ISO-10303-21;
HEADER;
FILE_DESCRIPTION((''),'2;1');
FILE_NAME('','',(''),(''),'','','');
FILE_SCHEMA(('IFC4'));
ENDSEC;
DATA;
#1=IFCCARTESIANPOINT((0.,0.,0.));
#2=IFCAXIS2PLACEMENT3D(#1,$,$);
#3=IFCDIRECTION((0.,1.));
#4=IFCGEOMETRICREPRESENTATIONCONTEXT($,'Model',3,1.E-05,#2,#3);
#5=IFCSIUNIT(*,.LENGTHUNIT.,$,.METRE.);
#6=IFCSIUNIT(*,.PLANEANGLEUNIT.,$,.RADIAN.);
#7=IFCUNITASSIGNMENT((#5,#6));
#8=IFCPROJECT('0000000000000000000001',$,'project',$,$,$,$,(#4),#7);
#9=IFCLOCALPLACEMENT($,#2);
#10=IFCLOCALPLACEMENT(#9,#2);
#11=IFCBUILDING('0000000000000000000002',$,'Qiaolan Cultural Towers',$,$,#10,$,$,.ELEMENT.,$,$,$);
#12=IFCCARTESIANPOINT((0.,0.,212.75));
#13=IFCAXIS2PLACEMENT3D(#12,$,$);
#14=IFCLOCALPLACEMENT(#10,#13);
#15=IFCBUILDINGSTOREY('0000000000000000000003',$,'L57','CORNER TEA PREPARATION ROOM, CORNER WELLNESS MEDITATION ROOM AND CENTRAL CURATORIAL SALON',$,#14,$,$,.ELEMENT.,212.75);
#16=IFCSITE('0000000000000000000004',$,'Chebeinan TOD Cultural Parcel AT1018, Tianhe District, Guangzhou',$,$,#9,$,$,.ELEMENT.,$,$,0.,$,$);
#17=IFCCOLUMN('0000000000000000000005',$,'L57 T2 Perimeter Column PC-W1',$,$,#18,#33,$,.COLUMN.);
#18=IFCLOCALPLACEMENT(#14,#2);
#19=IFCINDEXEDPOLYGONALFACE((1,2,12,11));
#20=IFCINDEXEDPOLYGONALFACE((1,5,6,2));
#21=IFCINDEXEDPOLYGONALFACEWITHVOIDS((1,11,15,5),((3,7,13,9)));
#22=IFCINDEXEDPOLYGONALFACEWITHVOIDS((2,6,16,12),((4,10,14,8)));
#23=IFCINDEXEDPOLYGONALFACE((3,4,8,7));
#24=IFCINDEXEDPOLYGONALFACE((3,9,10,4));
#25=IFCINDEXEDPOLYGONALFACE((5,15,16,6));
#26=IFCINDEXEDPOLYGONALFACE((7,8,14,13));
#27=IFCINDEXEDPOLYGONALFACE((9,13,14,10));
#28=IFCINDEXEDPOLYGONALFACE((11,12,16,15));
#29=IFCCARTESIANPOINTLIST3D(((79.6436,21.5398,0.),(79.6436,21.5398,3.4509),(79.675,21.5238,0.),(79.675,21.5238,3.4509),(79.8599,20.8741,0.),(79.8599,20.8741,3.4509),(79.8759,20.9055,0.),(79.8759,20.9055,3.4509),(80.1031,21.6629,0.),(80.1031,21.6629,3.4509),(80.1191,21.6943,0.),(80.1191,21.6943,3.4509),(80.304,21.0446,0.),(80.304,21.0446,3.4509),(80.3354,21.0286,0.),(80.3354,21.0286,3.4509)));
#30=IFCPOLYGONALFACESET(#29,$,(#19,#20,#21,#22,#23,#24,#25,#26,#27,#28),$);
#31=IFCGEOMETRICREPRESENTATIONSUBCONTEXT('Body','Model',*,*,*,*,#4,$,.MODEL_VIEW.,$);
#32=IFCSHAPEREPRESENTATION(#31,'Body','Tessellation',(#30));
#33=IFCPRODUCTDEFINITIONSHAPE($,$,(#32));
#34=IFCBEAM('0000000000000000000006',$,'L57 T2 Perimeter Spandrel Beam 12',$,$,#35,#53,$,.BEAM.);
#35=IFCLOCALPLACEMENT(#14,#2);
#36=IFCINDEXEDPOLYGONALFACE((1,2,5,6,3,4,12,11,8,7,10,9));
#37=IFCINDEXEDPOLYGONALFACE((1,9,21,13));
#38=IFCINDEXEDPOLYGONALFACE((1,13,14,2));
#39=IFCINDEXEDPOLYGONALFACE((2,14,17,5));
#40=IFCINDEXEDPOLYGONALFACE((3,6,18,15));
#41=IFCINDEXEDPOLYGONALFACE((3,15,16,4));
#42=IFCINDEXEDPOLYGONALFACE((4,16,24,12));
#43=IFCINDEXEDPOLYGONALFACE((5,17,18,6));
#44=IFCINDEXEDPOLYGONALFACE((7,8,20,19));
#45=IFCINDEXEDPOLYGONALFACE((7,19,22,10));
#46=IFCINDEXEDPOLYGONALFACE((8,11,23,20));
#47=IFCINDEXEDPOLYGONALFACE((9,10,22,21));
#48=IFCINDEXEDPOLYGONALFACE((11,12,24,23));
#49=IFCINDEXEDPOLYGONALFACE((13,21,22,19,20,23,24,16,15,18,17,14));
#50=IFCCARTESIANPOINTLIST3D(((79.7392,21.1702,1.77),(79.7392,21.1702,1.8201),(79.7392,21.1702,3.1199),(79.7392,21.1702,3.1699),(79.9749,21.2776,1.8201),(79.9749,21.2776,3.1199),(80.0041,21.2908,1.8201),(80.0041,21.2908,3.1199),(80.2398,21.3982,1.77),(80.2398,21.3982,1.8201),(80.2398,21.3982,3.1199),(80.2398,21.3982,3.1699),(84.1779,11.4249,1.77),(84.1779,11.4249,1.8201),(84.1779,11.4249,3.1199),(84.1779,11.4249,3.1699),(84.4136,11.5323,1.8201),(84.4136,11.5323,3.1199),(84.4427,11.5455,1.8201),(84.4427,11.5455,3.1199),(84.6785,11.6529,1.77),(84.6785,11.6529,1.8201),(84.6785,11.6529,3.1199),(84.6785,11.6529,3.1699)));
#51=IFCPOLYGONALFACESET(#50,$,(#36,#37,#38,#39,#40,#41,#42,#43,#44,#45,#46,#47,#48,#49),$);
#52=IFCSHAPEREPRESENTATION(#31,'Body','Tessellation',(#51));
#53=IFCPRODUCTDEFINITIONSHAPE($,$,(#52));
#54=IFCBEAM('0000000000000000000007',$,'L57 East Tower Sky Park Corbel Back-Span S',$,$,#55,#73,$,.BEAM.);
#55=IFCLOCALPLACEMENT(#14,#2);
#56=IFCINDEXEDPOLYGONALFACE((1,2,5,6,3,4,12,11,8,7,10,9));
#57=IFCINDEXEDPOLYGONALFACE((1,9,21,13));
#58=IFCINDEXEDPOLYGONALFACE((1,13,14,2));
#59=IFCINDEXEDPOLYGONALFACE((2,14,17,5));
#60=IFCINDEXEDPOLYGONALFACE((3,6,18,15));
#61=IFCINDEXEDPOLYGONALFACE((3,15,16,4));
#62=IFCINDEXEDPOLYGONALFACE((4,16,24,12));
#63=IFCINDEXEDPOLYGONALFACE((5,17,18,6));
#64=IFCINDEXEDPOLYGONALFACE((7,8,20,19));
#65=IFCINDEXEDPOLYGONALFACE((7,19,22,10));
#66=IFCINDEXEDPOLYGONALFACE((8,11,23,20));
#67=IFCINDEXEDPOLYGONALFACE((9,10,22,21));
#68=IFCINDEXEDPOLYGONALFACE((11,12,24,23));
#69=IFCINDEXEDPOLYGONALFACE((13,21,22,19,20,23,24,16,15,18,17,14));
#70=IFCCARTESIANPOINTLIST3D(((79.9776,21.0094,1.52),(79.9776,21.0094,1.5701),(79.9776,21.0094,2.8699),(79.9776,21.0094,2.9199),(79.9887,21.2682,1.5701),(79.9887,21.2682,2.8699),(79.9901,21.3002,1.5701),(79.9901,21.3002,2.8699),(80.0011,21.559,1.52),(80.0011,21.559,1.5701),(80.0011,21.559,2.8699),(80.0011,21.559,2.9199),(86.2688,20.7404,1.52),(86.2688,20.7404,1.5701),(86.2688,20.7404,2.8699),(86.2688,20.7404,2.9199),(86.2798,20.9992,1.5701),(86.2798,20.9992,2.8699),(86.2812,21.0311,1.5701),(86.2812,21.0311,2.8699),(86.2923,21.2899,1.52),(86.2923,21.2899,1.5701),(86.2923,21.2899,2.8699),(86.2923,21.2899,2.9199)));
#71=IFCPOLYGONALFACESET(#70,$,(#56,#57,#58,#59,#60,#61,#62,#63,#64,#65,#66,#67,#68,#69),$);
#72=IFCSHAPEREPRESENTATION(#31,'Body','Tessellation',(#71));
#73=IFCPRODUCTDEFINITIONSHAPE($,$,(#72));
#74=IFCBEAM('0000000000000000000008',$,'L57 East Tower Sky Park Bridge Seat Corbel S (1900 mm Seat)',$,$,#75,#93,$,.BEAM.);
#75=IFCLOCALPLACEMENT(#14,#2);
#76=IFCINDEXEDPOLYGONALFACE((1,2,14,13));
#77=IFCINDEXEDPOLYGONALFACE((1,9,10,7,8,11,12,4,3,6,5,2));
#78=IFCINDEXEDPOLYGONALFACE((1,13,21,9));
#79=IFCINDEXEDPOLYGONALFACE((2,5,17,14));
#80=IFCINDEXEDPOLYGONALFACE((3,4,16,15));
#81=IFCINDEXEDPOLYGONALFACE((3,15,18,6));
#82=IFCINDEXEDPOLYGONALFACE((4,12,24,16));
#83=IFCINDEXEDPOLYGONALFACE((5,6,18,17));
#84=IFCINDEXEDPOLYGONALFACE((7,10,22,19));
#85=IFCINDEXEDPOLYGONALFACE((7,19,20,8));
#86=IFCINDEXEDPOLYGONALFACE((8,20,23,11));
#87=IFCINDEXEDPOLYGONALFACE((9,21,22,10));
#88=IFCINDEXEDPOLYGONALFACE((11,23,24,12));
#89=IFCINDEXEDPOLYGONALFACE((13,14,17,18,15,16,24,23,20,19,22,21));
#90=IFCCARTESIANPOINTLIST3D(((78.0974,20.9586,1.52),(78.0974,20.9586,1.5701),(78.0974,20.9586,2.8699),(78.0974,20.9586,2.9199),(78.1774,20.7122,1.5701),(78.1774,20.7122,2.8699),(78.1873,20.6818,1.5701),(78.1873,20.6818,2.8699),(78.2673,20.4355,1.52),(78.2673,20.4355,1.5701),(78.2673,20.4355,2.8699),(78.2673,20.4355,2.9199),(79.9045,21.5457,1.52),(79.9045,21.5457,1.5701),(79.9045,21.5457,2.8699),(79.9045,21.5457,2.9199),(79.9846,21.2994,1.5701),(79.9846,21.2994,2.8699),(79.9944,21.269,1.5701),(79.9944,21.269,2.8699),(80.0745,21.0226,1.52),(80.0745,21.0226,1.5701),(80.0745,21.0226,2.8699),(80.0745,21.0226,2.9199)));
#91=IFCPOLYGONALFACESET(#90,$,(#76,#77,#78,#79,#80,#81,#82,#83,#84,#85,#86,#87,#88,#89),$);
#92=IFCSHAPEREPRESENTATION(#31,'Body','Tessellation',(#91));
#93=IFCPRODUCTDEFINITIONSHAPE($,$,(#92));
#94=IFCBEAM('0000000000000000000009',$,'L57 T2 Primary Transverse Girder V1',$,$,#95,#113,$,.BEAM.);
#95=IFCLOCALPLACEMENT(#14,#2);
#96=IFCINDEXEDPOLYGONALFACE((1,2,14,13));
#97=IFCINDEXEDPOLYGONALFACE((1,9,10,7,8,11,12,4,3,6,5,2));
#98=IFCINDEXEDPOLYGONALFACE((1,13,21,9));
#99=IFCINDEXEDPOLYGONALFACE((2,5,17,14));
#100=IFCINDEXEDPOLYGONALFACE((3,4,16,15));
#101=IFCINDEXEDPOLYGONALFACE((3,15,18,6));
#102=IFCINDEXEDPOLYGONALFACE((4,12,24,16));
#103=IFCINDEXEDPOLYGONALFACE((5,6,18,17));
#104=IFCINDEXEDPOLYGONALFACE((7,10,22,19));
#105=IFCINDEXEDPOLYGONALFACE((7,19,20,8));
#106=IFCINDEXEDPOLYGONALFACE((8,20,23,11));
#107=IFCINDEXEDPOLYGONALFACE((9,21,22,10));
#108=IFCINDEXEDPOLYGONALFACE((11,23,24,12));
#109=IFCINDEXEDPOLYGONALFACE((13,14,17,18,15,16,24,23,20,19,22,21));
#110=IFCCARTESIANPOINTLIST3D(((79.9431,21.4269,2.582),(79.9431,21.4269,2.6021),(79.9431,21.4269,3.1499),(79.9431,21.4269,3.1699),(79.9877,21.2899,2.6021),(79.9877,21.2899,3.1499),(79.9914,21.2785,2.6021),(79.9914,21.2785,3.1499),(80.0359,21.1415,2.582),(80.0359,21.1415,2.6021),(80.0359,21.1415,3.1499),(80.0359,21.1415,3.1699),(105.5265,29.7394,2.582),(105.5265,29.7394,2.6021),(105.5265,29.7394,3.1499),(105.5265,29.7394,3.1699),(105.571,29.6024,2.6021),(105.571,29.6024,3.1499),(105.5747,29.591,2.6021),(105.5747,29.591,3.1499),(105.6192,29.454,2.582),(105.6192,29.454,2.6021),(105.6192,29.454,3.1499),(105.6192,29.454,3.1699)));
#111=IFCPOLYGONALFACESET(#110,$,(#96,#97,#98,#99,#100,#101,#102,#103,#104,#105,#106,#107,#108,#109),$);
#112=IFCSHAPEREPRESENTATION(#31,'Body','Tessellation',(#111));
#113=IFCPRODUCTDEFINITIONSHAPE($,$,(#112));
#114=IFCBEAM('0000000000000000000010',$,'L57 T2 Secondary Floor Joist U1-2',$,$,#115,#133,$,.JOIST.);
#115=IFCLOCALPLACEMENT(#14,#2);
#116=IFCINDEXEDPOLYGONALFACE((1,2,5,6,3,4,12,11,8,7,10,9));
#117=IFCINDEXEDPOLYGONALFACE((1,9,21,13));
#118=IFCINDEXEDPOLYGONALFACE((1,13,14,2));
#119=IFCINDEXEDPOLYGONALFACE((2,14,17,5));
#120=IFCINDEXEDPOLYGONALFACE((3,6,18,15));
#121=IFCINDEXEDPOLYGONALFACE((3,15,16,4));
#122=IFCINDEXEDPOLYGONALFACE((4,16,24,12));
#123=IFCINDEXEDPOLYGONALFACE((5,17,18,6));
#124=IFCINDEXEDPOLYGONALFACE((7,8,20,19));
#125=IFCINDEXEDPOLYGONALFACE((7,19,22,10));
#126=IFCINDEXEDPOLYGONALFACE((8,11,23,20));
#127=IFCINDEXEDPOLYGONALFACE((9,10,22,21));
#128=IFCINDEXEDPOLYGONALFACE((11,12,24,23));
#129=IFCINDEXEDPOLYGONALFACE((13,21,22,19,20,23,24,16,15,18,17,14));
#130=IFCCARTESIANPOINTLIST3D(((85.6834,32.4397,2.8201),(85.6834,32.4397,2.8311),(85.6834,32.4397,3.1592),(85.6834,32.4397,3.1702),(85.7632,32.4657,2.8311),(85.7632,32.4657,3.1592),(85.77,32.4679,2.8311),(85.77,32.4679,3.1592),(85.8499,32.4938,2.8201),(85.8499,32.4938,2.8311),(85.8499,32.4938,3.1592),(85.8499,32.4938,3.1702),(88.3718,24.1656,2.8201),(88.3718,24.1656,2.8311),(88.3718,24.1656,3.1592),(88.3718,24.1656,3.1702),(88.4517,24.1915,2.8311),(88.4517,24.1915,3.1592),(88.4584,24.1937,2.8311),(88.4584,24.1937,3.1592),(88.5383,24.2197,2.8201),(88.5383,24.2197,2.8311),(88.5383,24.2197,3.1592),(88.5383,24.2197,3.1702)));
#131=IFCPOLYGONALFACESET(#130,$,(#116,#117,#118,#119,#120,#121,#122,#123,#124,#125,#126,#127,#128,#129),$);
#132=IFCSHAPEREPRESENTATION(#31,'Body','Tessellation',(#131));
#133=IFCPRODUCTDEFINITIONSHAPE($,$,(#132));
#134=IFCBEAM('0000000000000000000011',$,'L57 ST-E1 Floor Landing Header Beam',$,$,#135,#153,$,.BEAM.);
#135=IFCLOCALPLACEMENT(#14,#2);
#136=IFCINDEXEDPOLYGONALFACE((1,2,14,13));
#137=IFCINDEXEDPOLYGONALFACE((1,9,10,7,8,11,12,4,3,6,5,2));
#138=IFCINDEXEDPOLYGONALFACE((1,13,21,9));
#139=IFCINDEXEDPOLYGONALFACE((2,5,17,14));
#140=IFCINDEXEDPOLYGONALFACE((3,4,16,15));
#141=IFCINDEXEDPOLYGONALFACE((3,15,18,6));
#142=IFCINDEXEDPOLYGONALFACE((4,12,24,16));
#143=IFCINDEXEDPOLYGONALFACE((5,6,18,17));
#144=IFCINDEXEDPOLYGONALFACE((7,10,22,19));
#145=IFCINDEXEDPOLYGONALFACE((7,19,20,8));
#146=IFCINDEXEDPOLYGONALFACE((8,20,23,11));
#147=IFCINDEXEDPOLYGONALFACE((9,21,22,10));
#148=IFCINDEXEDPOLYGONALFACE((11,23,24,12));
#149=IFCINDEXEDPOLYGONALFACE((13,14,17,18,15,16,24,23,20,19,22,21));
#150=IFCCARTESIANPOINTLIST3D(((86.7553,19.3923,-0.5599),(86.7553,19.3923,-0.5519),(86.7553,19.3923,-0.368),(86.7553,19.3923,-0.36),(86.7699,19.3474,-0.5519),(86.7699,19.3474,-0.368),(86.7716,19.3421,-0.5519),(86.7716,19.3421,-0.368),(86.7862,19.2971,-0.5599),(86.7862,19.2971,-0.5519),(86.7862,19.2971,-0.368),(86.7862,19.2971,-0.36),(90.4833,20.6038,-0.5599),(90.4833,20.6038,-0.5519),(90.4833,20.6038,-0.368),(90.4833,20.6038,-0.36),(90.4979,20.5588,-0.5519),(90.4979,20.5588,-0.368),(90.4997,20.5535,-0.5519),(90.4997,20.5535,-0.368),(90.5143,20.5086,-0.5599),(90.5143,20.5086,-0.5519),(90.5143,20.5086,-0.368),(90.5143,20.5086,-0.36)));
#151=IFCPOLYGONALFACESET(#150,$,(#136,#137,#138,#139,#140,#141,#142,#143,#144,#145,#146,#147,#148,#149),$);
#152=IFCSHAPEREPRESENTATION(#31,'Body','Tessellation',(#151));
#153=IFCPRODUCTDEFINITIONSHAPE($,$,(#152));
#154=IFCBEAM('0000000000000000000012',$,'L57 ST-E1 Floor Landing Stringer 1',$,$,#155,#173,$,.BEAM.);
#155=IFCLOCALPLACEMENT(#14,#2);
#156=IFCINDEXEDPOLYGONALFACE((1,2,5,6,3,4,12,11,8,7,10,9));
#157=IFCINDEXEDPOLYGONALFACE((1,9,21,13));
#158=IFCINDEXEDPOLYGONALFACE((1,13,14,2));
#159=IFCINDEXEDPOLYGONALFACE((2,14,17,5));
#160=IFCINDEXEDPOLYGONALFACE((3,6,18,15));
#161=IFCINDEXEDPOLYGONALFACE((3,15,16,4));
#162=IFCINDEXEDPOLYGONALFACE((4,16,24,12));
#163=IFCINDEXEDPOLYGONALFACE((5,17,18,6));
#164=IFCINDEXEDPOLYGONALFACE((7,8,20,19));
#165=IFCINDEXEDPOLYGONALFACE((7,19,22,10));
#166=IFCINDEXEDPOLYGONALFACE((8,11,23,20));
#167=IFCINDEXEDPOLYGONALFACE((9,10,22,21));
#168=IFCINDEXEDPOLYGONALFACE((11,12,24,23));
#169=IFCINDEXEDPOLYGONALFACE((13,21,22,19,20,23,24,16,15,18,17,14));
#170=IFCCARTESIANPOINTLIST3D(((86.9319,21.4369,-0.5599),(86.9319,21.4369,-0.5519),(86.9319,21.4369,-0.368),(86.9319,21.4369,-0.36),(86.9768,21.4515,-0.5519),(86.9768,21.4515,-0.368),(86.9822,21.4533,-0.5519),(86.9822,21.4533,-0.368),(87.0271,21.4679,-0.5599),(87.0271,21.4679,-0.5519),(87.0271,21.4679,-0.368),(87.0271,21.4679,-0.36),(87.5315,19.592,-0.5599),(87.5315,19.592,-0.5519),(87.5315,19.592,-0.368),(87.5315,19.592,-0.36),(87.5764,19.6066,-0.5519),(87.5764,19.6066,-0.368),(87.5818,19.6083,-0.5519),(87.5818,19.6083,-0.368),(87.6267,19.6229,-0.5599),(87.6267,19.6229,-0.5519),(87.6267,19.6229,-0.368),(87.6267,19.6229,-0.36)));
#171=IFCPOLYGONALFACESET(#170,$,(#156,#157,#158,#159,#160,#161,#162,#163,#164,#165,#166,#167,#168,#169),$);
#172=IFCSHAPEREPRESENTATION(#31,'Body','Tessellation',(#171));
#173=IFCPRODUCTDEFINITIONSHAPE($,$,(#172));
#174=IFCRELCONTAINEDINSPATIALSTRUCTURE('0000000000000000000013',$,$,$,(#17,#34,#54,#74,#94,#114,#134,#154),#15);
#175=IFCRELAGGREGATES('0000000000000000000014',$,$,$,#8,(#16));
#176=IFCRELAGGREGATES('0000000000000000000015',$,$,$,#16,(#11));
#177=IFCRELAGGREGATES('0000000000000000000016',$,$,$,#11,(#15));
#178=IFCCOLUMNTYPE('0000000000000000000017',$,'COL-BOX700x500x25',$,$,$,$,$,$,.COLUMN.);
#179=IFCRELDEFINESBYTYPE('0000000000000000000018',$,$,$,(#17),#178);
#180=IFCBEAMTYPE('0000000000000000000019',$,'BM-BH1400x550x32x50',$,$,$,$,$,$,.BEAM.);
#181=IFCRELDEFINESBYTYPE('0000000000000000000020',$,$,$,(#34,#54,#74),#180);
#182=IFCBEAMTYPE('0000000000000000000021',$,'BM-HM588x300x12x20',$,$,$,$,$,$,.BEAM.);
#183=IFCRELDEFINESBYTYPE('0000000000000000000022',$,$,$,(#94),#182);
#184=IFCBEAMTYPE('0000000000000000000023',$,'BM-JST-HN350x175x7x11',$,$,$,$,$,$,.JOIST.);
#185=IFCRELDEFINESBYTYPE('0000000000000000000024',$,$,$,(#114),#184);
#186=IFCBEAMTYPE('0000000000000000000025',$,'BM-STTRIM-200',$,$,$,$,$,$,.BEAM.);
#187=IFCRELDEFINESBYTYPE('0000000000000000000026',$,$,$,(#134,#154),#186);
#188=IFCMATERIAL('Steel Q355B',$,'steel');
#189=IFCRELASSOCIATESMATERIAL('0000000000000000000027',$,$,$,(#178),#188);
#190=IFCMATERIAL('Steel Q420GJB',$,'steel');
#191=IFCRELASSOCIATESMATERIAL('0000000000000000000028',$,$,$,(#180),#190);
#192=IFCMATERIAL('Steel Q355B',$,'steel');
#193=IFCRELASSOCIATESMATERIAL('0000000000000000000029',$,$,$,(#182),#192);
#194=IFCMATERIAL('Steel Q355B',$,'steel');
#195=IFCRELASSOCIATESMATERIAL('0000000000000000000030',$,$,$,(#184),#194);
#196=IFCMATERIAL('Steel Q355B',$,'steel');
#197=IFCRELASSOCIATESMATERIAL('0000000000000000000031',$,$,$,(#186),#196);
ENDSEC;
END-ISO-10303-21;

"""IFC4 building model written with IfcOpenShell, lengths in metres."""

from ifc_helpers import new_model, si_unit, direction, frame, origin, origin_2d, place, context, subcontext, project, spatial, hollow_rectangle, i_section, extrude, material, material_profile, profile_set, type_object, element, save


model = new_model("IFC4")

# Units and contexts
model_context = context("Model", 3, precision=1e-05, world=origin(), true_north=direction((0.0, 1.0)))
body_context = subcontext(model_context, "Body", "Model", "MODEL_VIEW")
ifc_project = project(units=[si_unit("LENGTHUNIT", "METRE"), si_unit("PLANEANGLEUNIT", "RADIAN")], contexts=[model_context])

# Site, building, storey
site_placement = place(None, origin())
site = spatial("IfcSite", under=ifc_project, at=site_placement, Name="Chebeinan TOD Cultural Parcel AT1018, Tianhe District, Guangzhou", CompositionType="ELEMENT", RefElevation=0.0)
building_placement = place(site_placement, origin())
building = spatial("IfcBuilding", under=site, at=building_placement, Name="Qiaolan Cultural Towers", CompositionType="ELEMENT")
storey_placement = place(building_placement, frame((0.0, 0.0, 212.75)))
storey = spatial("IfcBuildingStorey", under=building, at=storey_placement, Name="L57", Description="CORNER TEA PREPARATION ROOM, CORNER WELLNESS MEDITATION ROOM AND CENTRAL CURATORIAL SALON", CompositionType="ELEMENT", Elevation=212.75)

# Column
ifc_material_1 = material(Name="Steel Q355B", Category="steel")
ifc_material_profile_1 = material_profile(ifc_material_1, hollow_rectangle(XDim=0.5, YDim=0.7, WallThickness=0.0249, at=origin_2d()), Name="BOX700x500x25")
ifc_profile_set_1 = profile_set([ifc_material_profile_1], Name="Steel Q355B")
column_type = type_object("IfcColumnType", Name="COL-BOX700x500x25", PredefinedType="COLUMN", material=ifc_profile_set_1)
column_placement = place(storey_placement, frame((79.9895, 21.2842, 0.0), z_axis=(0.0, 0.0, 1.0), x_axis=(0.951057, 0.309017, 0.0)))
element("IfcColumn", 1, at=column_placement, inside=storey, type_object=column_type, Name="L57 T2 Perimeter Column PC-W1", PredefinedType="COLUMN", context=body_context, shape_type="SweptSolid", body=[
    extrude(hollow_rectangle(XDim=0.5, YDim=0.7, WallThickness=0.0249, at=origin_2d()), origin(), (0.0, 0.0, 1.0), 3.4509),
])

# Beams
ifc_material_2 = material(Name="Steel Q420GJB", Category="steel")
ifc_material_profile_2 = material_profile(ifc_material_2, i_section(OverallWidth=0.55, OverallDepth=1.3999, WebThickness=0.032, FlangeThickness=0.05, at=origin_2d()), Name="BH1400x550x32x50")
ifc_profile_set_2 = profile_set([ifc_material_profile_2], Name="Steel Q420GJB")
beam_type_1 = type_object("IfcBeamType", Name="BM-BH1400x550x32x50", PredefinedType="BEAM", material=ifc_profile_set_2)
beam_1_placement = place(storey_placement, frame((79.9895, 21.2842, 2.47), z_axis=(0.4145, -0.910049, 0.0), x_axis=(0.910049, 0.4145, 0.0)))
element("IfcBeam", 2, at=beam_1_placement, inside=storey, type_object=beam_type_1, Name="L57 T2 Perimeter Spandrel Beam 12", PredefinedType="BEAM", context=body_context, shape_type="SweptSolid", body=[
    extrude(i_section(OverallWidth=0.55, OverallDepth=1.3999, WebThickness=0.032, FlangeThickness=0.05, at=origin_2d()), origin(), (0.0, 0.0, 1.0), 10.7085),
])
beam_2_placement = place(storey_placement, frame((86.2805, 21.0151, 2.22), z_axis=(-0.999087, 0.042727, 0.0), x_axis=(-0.042727, -0.999087, 0.0)))
element("IfcBeam", 3, at=beam_2_placement, inside=storey, type_object=beam_type_1, Name="L57 East Tower Sky Park Corbel Back-Span S", PredefinedType="BEAM", context=body_context, shape_type="SweptSolid", body=[
    extrude(i_section(OverallWidth=0.55, OverallDepth=1.3999, WebThickness=0.032, FlangeThickness=0.05, at=origin_2d()), origin(), (0.0, 0.0, 1.0), 6.2969),
])
beam_3_placement = place(storey_placement, frame((79.9895, 21.2842, 2.22), z_axis=(-0.951059, -0.309011, 0.0), x_axis=(0.309011, -0.951059, 0.0)))
element("IfcBeam", 4, at=beam_3_placement, inside=storey, type_object=beam_type_1, Name="L57 East Tower Sky Park Bridge Seat Corbel S (1900 mm Seat)", PredefinedType="BEAM", context=body_context, shape_type="SweptSolid", body=[
    extrude(i_section(OverallWidth=0.55, OverallDepth=1.3999, WebThickness=0.032, FlangeThickness=0.05, at=origin_2d()), origin(), (0.0, 0.0, 1.0), 1.9001),
])
ifc_material_3 = material(Name="Steel Q355B", Category="steel")
ifc_material_profile_3 = material_profile(ifc_material_3, i_section(OverallWidth=0.3, OverallDepth=0.5879, WebThickness=0.012, FlangeThickness=0.02, at=origin_2d()), Name="HM588x300x12x20")
ifc_profile_set_3 = profile_set([ifc_material_profile_3], Name="Steel Q355B")
beam_type_2 = type_object("IfcBeamType", Name="BM-HM588x300x12x20", PredefinedType="BEAM", material=ifc_profile_set_3)
beam_4_placement = place(storey_placement, frame((79.9895, 21.2842, 2.876), z_axis=(0.951057, 0.309017, 0.0), x_axis=(-0.309017, 0.951057, 0.0)))
element("IfcBeam", 5, at=beam_4_placement, inside=storey, type_object=beam_type_2, Name="L57 T2 Primary Transverse Girder V1", PredefinedType="BEAM", context=body_context, shape_type="SweptSolid", body=[
    extrude(i_section(OverallWidth=0.3, OverallDepth=0.5879, WebThickness=0.012, FlangeThickness=0.02, at=origin_2d()), origin(), (0.0, 0.0, 1.0), 26.8999),
])
ifc_material_4 = material(Name="Steel Q355B", Category="steel")
ifc_material_profile_4 = material_profile(ifc_material_4, i_section(OverallWidth=0.175, OverallDepth=0.3501, WebThickness=0.0071, FlangeThickness=0.011, at=origin_2d()), Name="HN350x175x7x11")
ifc_profile_set_4 = profile_set([ifc_material_profile_4], Name="Steel Q355B")
beam_type_3 = type_object("IfcBeamType", Name="BM-JST-HN350x175x7x11", PredefinedType="JOIST", material=ifc_profile_set_4)
beam_5_placement = place(storey_placement, frame((88.4551, 24.1926, 2.9951), z_axis=(-0.309021, 0.951055, 0.0), x_axis=(-0.951055, -0.309021, 0.0)))
element("IfcBeam", 6, at=beam_5_placement, inside=storey, type_object=beam_type_3, Name="L57 T2 Secondary Floor Joist U1-2", PredefinedType="JOIST", context=body_context, shape_type="SweptSolid", body=[
    extrude(i_section(OverallWidth=0.175, OverallDepth=0.3501, WebThickness=0.0071, FlangeThickness=0.011, at=origin_2d()), origin(), (0.0, 0.0, 1.0), 8.7),
])
ifc_material_5 = material(Name="Steel Q355B", Category="steel")
ifc_material_profile_5 = material_profile(ifc_material_5, i_section(OverallWidth=0.1001, OverallDepth=0.2, WebThickness=0.0056, FlangeThickness=0.0081, at=origin_2d()), Name="HN200x100x5.5x8")
ifc_profile_set_5 = profile_set([ifc_material_profile_5], Name="Steel Q355B")
beam_type_4 = type_object("IfcBeamType", Name="BM-STTRIM-200", PredefinedType="BEAM", material=ifc_profile_set_5)
beam_6_placement = place(storey_placement, frame((86.7708, 19.3447, -0.46), z_axis=(0.951048, 0.309044, 0.0), x_axis=(-0.309044, 0.951048, 0.0)))
element("IfcBeam", 7, at=beam_6_placement, inside=storey, type_object=beam_type_4, Name="L57 ST-E1 Floor Landing Header Beam", PredefinedType="BEAM", context=body_context, shape_type="SweptSolid", body=[
    extrude(i_section(OverallWidth=0.1001, OverallDepth=0.2, WebThickness=0.0056, FlangeThickness=0.0081, at=origin_2d()), origin(), (0.0, 0.0, 1.0), 3.9199),
])
for number, where, z_axis, x_axis, name in (
    (8, (86.9795, 21.4524, -0.46), (0.309083, -0.951035, 0.0), (0.951035, 0.309083, 0.0), "L57 ST-E1 Floor Landing Stringer 1"),
):
    element("IfcBeam", number, at=place(storey_placement, frame(where, z_axis=z_axis, x_axis=x_axis)), inside=storey, type_object=beam_type_4, Name=name, PredefinedType="BEAM", context=body_context, shape_type="SweptSolid", body=[
        extrude(i_section(OverallWidth=0.1001, OverallDepth=0.2, WebThickness=0.0056, FlangeThickness=0.0081, at=origin_2d()), origin(), (0.0, 0.0, 1.0), 1.9399),
    ])

save(model, "model.ifc")
